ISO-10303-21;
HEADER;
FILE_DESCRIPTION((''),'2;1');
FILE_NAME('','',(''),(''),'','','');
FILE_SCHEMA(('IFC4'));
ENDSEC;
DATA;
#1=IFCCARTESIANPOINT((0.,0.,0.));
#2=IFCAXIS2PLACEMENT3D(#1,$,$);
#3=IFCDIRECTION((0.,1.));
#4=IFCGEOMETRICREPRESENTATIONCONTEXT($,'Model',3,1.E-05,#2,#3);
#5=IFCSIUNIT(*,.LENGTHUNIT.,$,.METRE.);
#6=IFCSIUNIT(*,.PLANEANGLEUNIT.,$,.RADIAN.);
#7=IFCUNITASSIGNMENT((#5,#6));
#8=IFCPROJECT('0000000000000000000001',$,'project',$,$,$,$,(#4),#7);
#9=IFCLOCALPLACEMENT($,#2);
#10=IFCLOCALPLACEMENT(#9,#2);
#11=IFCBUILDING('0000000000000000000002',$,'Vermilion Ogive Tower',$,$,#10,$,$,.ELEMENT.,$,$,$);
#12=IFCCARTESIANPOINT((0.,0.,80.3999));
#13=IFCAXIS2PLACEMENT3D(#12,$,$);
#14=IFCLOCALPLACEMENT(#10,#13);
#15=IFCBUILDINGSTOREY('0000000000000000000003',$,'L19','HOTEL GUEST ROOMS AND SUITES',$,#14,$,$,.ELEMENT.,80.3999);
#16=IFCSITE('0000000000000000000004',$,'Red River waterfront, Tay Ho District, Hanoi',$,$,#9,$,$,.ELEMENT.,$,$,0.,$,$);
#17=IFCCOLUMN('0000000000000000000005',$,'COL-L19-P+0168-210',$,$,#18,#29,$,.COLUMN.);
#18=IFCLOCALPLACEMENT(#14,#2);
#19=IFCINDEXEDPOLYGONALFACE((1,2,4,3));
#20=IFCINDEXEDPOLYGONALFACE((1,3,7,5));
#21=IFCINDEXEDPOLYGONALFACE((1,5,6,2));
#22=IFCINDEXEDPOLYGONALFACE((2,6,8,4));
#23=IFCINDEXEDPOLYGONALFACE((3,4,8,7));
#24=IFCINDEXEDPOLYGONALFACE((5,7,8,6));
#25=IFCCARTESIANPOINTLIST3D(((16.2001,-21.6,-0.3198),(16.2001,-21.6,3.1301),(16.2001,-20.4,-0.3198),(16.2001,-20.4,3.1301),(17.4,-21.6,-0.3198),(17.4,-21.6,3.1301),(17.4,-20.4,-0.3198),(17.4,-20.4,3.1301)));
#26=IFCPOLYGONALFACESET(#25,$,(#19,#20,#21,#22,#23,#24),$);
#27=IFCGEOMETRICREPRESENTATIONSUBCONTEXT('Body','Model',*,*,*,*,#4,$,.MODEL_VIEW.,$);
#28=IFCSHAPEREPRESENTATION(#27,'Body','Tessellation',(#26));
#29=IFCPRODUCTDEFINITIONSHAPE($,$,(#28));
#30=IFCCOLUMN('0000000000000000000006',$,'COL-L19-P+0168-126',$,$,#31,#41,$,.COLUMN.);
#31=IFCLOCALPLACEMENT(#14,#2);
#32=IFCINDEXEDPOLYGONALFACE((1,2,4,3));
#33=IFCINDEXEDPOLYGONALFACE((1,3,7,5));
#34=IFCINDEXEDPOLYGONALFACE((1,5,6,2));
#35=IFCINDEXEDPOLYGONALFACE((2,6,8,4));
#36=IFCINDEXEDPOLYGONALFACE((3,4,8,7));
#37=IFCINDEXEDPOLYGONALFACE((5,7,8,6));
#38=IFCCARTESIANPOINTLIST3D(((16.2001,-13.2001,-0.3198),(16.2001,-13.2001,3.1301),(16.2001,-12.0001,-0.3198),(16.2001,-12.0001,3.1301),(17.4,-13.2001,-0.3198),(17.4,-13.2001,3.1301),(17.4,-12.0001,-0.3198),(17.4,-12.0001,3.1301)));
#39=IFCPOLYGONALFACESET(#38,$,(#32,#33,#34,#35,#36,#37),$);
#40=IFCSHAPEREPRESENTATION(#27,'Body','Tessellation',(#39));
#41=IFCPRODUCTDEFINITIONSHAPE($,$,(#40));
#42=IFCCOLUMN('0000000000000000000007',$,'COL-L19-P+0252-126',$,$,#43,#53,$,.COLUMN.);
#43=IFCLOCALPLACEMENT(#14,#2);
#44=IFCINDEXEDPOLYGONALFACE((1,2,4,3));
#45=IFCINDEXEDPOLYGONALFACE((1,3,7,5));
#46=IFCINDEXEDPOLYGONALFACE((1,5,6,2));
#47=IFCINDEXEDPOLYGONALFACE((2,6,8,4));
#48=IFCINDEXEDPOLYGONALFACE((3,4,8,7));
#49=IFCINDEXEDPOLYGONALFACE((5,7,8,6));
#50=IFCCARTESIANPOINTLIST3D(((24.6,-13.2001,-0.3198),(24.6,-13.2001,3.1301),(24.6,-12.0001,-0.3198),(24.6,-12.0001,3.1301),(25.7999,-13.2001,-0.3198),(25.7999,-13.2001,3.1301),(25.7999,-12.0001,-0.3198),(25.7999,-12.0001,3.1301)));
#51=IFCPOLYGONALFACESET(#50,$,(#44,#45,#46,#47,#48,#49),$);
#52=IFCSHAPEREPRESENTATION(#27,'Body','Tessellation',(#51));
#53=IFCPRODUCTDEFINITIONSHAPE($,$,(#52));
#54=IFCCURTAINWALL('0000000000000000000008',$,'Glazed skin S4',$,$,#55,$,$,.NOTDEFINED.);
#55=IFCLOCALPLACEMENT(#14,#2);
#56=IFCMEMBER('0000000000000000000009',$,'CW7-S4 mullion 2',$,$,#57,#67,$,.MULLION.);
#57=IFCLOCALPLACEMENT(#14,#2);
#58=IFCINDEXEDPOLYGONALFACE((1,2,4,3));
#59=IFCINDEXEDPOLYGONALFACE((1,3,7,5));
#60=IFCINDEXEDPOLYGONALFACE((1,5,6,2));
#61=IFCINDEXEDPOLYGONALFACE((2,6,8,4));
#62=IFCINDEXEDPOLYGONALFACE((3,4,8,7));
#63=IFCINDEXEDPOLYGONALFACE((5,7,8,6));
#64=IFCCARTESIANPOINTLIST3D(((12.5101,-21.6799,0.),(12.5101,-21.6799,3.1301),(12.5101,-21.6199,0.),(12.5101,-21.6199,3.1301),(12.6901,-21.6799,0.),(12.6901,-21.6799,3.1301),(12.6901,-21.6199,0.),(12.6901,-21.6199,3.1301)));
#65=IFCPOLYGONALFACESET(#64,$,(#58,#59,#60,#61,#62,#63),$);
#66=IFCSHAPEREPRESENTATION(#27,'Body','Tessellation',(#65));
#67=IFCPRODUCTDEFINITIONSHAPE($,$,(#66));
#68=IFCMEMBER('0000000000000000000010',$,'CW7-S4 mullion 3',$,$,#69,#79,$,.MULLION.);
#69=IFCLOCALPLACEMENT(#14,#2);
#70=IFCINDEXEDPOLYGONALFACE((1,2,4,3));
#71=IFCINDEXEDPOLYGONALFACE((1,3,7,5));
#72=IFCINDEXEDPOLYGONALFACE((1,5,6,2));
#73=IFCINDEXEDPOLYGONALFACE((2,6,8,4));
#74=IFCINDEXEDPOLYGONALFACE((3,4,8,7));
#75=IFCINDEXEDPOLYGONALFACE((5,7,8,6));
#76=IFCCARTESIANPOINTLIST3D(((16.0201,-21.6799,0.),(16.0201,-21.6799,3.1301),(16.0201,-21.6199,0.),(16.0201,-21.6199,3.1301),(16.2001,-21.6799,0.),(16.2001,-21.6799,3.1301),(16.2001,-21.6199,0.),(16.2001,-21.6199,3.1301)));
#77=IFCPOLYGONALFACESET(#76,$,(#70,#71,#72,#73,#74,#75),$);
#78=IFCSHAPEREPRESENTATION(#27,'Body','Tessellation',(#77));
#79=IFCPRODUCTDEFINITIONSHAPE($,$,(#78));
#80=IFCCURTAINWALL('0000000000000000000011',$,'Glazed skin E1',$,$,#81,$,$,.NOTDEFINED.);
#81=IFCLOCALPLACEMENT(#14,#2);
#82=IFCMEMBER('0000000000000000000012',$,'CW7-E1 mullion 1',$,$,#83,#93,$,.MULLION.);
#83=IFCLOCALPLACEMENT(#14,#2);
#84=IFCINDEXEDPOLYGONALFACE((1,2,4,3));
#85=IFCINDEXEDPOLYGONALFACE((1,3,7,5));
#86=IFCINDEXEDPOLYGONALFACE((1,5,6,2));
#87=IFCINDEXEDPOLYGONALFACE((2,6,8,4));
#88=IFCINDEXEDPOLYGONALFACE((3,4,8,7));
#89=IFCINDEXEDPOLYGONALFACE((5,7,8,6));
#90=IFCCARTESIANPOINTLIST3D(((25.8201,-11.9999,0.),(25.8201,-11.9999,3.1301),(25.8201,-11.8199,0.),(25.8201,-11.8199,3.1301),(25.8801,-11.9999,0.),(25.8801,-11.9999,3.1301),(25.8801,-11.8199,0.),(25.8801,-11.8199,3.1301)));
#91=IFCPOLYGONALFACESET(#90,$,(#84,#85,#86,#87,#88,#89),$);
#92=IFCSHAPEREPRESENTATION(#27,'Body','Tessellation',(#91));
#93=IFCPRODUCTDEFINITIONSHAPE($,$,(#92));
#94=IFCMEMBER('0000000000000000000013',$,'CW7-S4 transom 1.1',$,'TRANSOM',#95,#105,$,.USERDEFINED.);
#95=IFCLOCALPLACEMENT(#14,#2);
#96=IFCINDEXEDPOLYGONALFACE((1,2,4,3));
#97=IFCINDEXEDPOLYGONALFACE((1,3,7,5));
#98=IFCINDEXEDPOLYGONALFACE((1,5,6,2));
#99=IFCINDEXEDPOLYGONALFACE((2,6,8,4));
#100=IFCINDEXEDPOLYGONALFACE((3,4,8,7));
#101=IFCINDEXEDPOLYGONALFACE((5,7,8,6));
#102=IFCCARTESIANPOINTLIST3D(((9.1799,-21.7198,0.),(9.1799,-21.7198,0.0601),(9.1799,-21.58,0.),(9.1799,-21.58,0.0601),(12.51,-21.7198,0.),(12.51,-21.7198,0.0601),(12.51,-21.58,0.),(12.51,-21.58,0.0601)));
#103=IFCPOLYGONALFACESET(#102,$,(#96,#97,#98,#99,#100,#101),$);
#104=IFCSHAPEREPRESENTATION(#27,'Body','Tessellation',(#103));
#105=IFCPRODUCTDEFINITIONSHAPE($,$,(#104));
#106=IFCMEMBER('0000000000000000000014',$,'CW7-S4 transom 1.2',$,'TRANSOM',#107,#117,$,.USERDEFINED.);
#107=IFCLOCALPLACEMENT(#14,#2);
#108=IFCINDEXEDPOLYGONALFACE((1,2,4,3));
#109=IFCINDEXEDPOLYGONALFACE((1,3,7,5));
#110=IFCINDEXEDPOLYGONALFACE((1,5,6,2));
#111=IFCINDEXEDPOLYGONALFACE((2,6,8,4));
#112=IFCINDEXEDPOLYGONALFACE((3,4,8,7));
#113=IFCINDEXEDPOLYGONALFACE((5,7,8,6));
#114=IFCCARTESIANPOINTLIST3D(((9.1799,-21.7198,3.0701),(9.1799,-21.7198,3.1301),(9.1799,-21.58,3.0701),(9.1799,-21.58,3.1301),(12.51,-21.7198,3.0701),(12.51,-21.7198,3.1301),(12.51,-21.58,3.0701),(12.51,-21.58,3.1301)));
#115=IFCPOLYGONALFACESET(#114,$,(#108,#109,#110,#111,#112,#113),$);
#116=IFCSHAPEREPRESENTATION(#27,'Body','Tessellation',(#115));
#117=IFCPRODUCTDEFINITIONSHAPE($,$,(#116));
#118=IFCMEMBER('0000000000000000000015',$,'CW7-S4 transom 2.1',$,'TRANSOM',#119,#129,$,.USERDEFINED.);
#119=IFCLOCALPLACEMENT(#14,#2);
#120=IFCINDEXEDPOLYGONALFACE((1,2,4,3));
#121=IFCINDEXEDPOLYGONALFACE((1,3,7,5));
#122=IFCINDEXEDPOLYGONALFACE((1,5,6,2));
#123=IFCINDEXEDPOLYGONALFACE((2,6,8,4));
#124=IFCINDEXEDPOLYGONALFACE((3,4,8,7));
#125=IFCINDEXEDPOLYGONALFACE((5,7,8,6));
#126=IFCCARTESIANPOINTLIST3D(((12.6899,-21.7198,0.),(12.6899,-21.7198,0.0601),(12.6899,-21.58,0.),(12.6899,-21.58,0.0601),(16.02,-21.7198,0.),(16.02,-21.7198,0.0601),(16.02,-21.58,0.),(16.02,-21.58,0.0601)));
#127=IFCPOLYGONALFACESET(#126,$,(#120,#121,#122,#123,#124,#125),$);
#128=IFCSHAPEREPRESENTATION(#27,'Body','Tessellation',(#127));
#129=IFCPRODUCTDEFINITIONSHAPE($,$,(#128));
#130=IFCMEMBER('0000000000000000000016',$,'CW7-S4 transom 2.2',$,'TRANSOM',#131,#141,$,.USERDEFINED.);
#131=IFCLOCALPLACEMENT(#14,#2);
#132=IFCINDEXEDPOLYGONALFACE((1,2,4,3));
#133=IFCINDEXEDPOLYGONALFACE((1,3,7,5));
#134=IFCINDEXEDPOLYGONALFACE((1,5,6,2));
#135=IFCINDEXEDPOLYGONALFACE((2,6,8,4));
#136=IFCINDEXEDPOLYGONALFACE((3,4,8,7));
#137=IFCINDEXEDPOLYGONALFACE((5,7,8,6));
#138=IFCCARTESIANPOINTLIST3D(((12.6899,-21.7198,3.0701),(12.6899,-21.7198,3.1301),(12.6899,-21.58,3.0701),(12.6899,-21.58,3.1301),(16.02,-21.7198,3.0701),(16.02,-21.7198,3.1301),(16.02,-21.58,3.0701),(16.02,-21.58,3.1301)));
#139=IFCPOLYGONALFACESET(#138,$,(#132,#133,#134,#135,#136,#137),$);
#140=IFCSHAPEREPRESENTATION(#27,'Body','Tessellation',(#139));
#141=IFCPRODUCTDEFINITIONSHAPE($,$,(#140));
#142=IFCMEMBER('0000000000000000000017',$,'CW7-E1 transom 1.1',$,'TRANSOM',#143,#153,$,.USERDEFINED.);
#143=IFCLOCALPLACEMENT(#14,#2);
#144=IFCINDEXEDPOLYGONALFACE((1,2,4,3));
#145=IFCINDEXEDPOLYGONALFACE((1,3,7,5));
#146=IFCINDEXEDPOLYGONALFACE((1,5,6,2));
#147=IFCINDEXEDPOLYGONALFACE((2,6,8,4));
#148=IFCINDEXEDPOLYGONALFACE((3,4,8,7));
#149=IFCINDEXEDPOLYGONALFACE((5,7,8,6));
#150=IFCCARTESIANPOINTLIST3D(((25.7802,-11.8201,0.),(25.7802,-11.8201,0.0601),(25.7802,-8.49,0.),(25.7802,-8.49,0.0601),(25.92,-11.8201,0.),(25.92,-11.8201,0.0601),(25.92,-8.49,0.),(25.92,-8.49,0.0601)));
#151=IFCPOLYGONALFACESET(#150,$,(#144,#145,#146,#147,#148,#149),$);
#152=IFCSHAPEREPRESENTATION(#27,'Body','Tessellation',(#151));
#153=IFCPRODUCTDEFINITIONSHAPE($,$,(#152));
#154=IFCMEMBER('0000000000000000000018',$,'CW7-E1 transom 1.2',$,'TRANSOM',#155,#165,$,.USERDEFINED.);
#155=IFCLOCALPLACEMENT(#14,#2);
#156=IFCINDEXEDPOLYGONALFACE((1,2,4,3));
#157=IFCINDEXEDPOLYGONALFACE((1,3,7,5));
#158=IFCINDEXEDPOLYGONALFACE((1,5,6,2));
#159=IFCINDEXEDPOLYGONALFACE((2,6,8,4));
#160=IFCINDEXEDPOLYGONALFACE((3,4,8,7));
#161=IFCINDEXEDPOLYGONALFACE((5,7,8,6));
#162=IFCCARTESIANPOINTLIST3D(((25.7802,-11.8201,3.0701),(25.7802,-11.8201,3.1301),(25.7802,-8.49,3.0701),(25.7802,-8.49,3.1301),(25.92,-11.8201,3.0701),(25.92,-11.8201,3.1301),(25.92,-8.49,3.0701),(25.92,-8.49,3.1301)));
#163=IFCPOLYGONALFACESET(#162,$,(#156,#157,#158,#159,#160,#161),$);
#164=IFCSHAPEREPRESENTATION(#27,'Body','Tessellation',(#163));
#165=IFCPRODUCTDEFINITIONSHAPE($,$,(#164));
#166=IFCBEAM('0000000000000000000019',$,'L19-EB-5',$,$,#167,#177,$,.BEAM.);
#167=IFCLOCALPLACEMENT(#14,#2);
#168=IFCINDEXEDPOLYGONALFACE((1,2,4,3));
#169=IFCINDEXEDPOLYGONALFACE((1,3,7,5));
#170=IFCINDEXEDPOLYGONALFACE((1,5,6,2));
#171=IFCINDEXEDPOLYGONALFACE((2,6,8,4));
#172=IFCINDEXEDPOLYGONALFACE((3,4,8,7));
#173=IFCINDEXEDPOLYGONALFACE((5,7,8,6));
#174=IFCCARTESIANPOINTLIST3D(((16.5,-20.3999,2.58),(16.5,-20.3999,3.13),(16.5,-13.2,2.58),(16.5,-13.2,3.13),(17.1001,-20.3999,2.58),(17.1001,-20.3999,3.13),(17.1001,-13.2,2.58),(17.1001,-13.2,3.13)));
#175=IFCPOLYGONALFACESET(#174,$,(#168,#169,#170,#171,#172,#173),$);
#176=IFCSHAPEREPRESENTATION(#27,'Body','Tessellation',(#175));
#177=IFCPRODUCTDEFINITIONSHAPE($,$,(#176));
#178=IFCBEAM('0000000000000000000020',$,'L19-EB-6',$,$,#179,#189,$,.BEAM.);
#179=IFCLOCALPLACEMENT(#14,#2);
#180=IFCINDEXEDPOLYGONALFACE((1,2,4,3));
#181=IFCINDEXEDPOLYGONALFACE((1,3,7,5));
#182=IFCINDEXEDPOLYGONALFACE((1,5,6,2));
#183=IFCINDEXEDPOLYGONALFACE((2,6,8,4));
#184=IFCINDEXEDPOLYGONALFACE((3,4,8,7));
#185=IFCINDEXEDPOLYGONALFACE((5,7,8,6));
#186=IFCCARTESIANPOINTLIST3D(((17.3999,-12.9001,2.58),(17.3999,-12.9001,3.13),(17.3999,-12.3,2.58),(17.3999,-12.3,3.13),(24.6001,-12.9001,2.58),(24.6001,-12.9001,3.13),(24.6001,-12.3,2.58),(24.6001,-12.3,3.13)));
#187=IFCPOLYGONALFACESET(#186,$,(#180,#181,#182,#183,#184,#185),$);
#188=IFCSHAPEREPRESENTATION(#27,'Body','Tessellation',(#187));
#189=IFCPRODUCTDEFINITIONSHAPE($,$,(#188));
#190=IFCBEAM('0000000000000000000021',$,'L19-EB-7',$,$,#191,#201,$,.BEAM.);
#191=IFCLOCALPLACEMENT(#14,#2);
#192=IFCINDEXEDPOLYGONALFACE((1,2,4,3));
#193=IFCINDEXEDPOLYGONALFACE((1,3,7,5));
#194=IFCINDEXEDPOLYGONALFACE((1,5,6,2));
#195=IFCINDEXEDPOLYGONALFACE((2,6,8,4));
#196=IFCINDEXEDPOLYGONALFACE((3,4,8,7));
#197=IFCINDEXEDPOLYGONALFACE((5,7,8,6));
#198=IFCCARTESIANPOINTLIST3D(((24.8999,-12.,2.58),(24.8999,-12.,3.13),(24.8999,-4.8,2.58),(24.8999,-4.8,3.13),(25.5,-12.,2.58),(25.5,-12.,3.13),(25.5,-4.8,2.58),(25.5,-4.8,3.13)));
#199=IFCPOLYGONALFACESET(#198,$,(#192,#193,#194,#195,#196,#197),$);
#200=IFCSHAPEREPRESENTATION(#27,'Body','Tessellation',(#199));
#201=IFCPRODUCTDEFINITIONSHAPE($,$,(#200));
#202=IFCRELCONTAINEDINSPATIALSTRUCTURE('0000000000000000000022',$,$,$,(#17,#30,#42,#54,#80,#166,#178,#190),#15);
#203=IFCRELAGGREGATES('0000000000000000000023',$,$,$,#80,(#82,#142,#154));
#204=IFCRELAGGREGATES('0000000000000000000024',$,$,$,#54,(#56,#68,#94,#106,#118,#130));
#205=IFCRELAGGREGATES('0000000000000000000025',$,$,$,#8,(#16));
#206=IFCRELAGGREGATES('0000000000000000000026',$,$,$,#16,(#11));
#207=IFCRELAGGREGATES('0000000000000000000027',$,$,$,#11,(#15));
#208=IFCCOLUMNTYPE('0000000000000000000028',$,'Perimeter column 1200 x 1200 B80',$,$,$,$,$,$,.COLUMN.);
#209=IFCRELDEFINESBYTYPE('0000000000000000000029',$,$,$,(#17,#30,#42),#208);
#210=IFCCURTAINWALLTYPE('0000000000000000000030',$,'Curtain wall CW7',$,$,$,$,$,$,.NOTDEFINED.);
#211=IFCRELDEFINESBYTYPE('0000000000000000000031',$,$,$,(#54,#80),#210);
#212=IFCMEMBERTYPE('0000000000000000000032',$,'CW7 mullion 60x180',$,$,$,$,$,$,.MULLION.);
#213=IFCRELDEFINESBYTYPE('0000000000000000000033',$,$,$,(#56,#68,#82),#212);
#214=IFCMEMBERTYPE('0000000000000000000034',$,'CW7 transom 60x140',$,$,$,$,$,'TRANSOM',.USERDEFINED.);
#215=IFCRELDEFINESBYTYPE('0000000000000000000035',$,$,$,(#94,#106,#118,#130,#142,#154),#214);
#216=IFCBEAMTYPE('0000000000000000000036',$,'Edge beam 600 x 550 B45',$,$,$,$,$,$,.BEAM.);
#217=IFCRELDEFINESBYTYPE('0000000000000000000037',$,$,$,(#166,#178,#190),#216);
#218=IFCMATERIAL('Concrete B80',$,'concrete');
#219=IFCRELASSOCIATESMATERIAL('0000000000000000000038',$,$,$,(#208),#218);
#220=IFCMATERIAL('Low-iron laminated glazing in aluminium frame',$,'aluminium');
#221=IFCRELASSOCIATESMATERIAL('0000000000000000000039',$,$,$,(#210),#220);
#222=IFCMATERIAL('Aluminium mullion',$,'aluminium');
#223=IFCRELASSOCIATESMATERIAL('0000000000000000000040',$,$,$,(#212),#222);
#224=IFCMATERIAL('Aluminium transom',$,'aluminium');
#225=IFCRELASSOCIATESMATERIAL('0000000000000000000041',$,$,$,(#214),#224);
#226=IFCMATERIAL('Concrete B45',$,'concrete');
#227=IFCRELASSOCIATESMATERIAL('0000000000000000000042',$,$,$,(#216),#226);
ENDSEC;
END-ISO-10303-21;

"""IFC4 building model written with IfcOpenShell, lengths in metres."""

from ifc_helpers import new_model, si_unit, direction, frame, origin, origin_2d, place, context, subcontext, project, spatial, rectangle, extrude, material, material_profile, profile_set, type_object, element, aggregate, save


model = new_model("IFC4")

# Units and contexts
model_context = context("Model", 3, precision=1e-05, world=origin(), true_north=direction((0.0, 1.0)))
body_context = subcontext(model_context, "Body", "Model", "MODEL_VIEW")
ifc_project = project(units=[si_unit("LENGTHUNIT", "METRE"), si_unit("PLANEANGLEUNIT", "RADIAN")], contexts=[model_context])

# Site, building, storey
site_placement = place(None, origin())
site = spatial("IfcSite", under=ifc_project, at=site_placement, Name="Red River waterfront, Tay Ho District, Hanoi", CompositionType="ELEMENT", RefElevation=0.0)
building_placement = place(site_placement, origin())
building = spatial("IfcBuilding", under=site, at=building_placement, Name="Vermilion Ogive Tower", CompositionType="ELEMENT")
storey_placement = place(building_placement, frame((0.0, 0.0, 80.3999)))
storey = spatial("IfcBuildingStorey", under=building, at=storey_placement, Name="L19", Description="HOTEL GUEST ROOMS AND SUITES", CompositionType="ELEMENT", Elevation=80.3999)

# Columns
ifc_material_1 = material(Name="Concrete B80", Category="concrete")
ifc_material_profile_1 = material_profile(ifc_material_1, rectangle(XDim=1.2, YDim=1.2, at=origin_2d()), Name="1200 x 1200")
ifc_profile_set_1 = profile_set([ifc_material_profile_1], Name="Concrete B80")
column_type = type_object("IfcColumnType", Name="Perimeter column 1200 x 1200 B80", PredefinedType="COLUMN", material=ifc_profile_set_1)
for number, where, z_axis, x_axis, name in (
    (1, (16.8, -21.0, -0.3198), (0.0, 0.0, 1.0), (1.0, 0.0, 0.0), "COL-L19-P+0168-210"),
    (2, (16.8, -12.6001, -0.3198), (0.0, 0.0, 1.0), (1.0, 0.0, 0.0), "COL-L19-P+0168-126"),
    (3, (25.2, -12.6001, -0.3198), (0.0, 0.0, 1.0), (1.0, 0.0, 0.0), "COL-L19-P+0252-126"),
):
    element("IfcColumn", number, at=place(storey_placement, frame(where, z_axis=z_axis, x_axis=x_axis)), inside=storey, type_object=column_type, Name=name, PredefinedType="COLUMN", context=body_context, shape_type="SweptSolid", body=[
        extrude(rectangle(XDim=1.2, YDim=1.2, at=origin_2d()), origin(), (0.0, 0.0, 1.0), 3.45),
    ])

# Curtain wall, members
ifc_material_2 = material(Name="Low-iron laminated glazing in aluminium frame", Category="aluminium")
curtain_wall_type = type_object("IfcCurtainWallType", Name="Curtain wall CW7", PredefinedType="NOTDEFINED", material=ifc_material_2)
curtain_wall_1_placement = place(storey_placement, origin())
curtain_wall_1 = element("IfcCurtainWall", 4, at=curtain_wall_1_placement, inside=storey, type_object=curtain_wall_type, Name="Glazed skin S4", PredefinedType="NOTDEFINED")
ifc_material_3 = material(Name="Aluminium mullion", Category="aluminium")
ifc_material_profile_2 = material_profile(ifc_material_3, rectangle(XDim=0.0601, YDim=0.1799, at=origin_2d()), Name="AL 60x180")
ifc_profile_set_2 = profile_set([ifc_material_profile_2], Name="Aluminium mullion")
member_type_1 = type_object("IfcMemberType", Name="CW7 mullion 60x180", PredefinedType="MULLION", material=ifc_profile_set_2)
member_1_placement = place(storey_placement, frame((12.6001, -21.6499, 0.0), z_axis=(0.0, 0.0, 1.0), x_axis=(0.0, 1.0, 0.0)))
member_1 = element("IfcMember", 5, at=member_1_placement, type_object=member_type_1, Name="CW7-S4 mullion 2", PredefinedType="MULLION", context=body_context, shape_type="SweptSolid", body=[
    extrude(rectangle(XDim=0.0601, YDim=0.1799, at=origin_2d()), origin(), (0.0, 0.0, 1.0), 3.1301),
])
member_2_placement = place(storey_placement, frame((16.1101, -21.6499, 0.0), z_axis=(0.0, 0.0, 1.0), x_axis=(0.0, 1.0, 0.0)))
member_2 = element("IfcMember", 6, at=member_2_placement, type_object=member_type_1, Name="CW7-S4 mullion 3", PredefinedType="MULLION", context=body_context, shape_type="SweptSolid", body=[
    extrude(rectangle(XDim=0.0601, YDim=0.1799, at=origin_2d()), origin(), (0.0, 0.0, 1.0), 3.1301),
])

# Curtain wall, member
curtain_wall_2_placement = place(storey_placement, origin())
curtain_wall_2 = element("IfcCurtainWall", 7, at=curtain_wall_2_placement, inside=storey, type_object=curtain_wall_type, Name="Glazed skin E1", PredefinedType="NOTDEFINED")
member_3_placement = place(storey_placement, frame((25.8501, -11.9099, 0.0), z_axis=(0.0, 0.0, 1.0), x_axis=(-1.0, 0.0, 0.0)))
member_3 = element("IfcMember", 8, at=member_3_placement, type_object=member_type_1, Name="CW7-E1 mullion 1", PredefinedType="MULLION", context=body_context, shape_type="SweptSolid", body=[
    extrude(rectangle(XDim=0.0601, YDim=0.1799, at=origin_2d()), origin(), (0.0, 0.0, 1.0), 3.1301),
])

# Members
ifc_material_4 = material(Name="Aluminium transom", Category="aluminium")
ifc_material_profile_3 = material_profile(ifc_material_4, rectangle(XDim=0.1399, YDim=0.0601, at=origin_2d()), Name="AL 60x140")
ifc_profile_set_3 = profile_set([ifc_material_profile_3], Name="Aluminium transom")
member_type_2 = type_object("IfcMemberType", Name="CW7 transom 60x140", ElementType="TRANSOM", PredefinedType="USERDEFINED", material=ifc_profile_set_3)
member_4_placement = place(storey_placement, frame((9.1799, -21.6499, 0.03), z_axis=(1.0, 0.0, 0.0), x_axis=(0.0, 1.0, 0.0)))
member_4 = element("IfcMember", 9, at=member_4_placement, type_object=member_type_2, Name="CW7-S4 transom 1.1", ObjectType="TRANSOM", PredefinedType="USERDEFINED", context=body_context, shape_type="SweptSolid", body=[
    extrude(rectangle(XDim=0.1399, YDim=0.0601, at=origin_2d()), origin(), (0.0, 0.0, 1.0), 3.3301),
])
member_5_placement = place(storey_placement, frame((9.1799, -21.6499, 3.1001), z_axis=(1.0, 0.0, 0.0), x_axis=(0.0, 1.0, 0.0)))
member_5 = element("IfcMember", 10, at=member_5_placement, type_object=member_type_2, Name="CW7-S4 transom 1.2", ObjectType="TRANSOM", PredefinedType="USERDEFINED", context=body_context, shape_type="SweptSolid", body=[
    extrude(rectangle(XDim=0.1399, YDim=0.0601, at=origin_2d()), origin(), (0.0, 0.0, 1.0), 3.3301),
])
member_6_placement = place(storey_placement, frame((12.6899, -21.6499, 0.03), z_axis=(1.0, 0.0, 0.0), x_axis=(0.0, 1.0, 0.0)))
member_6 = element("IfcMember", 11, at=member_6_placement, type_object=member_type_2, Name="CW7-S4 transom 2.1", ObjectType="TRANSOM", PredefinedType="USERDEFINED", context=body_context, shape_type="SweptSolid", body=[
    extrude(rectangle(XDim=0.1399, YDim=0.0601, at=origin_2d()), origin(), (0.0, 0.0, 1.0), 3.3301),
])
member_7_placement = place(storey_placement, frame((12.6899, -21.6499, 3.1001), z_axis=(1.0, 0.0, 0.0), x_axis=(0.0, 1.0, 0.0)))
member_7 = element("IfcMember", 12, at=member_7_placement, type_object=member_type_2, Name="CW7-S4 transom 2.2", ObjectType="TRANSOM", PredefinedType="USERDEFINED", context=body_context, shape_type="SweptSolid", body=[
    extrude(rectangle(XDim=0.1399, YDim=0.0601, at=origin_2d()), origin(), (0.0, 0.0, 1.0), 3.3301),
])
member_8_placement = place(storey_placement, frame((25.8501, -11.8201, 0.03), z_axis=(0.0, 1.0, 0.0), x_axis=(-1.0, 0.0, 0.0)))
member_8 = element("IfcMember", 13, at=member_8_placement, type_object=member_type_2, Name="CW7-E1 transom 1.1", ObjectType="TRANSOM", PredefinedType="USERDEFINED", context=body_context, shape_type="SweptSolid", body=[
    extrude(rectangle(XDim=0.1399, YDim=0.0601, at=origin_2d()), origin(), (0.0, 0.0, 1.0), 3.3301),
])
member_9_placement = place(storey_placement, frame((25.8501, -11.8201, 3.1001), z_axis=(0.0, 1.0, 0.0), x_axis=(-1.0, 0.0, 0.0)))
member_9 = element("IfcMember", 14, at=member_9_placement, type_object=member_type_2, Name="CW7-E1 transom 1.2", ObjectType="TRANSOM", PredefinedType="USERDEFINED", context=body_context, shape_type="SweptSolid", body=[
    extrude(rectangle(XDim=0.1399, YDim=0.0601, at=origin_2d()), origin(), (0.0, 0.0, 1.0), 3.3301),
])
aggregate(curtain_wall_2, [member_3, member_8, member_9])

# Beams
ifc_material_5 = material(Name="Concrete B45", Category="concrete")
ifc_material_profile_4 = material_profile(ifc_material_5, rectangle(XDim=0.6001, YDim=0.55, at=origin_2d()), Name="600 x 550")
ifc_profile_set_4 = profile_set([ifc_material_profile_4], Name="Concrete B45")
beam_type = type_object("IfcBeamType", Name="Edge beam 600 x 550 B45", PredefinedType="BEAM", material=ifc_profile_set_4)
beam_1_placement = place(storey_placement, frame((16.8, -20.3999, 2.855), z_axis=(0.0, 1.0, 0.0), x_axis=(-1.0, 0.0, 0.0)))
element("IfcBeam", 15, at=beam_1_placement, inside=storey, type_object=beam_type, Name="L19-EB-5", PredefinedType="BEAM", context=body_context, shape_type="SweptSolid", body=[
    extrude(rectangle(XDim=0.6001, YDim=0.55, at=origin_2d()), origin(), (0.0, 0.0, 1.0), 7.2),
])
beam_2_placement = place(storey_placement, frame((17.3999, -12.6001, 2.855), z_axis=(1.0, 0.0, 0.0), x_axis=(0.0, 1.0, 0.0)))
element("IfcBeam", 16, at=beam_2_placement, inside=storey, type_object=beam_type, Name="L19-EB-6", PredefinedType="BEAM", context=body_context, shape_type="SweptSolid", body=[
    extrude(rectangle(XDim=0.6001, YDim=0.55, at=origin_2d()), origin(), (0.0, 0.0, 1.0), 7.2002),
])
beam_3_placement = place(storey_placement, frame((25.2, -12.0, 2.855), z_axis=(0.0, 1.0, 0.0), x_axis=(-1.0, 0.0, 0.0)))
element("IfcBeam", 17, at=beam_3_placement, inside=storey, type_object=beam_type, Name="L19-EB-7", PredefinedType="BEAM", context=body_context, shape_type="SweptSolid", body=[
    extrude(rectangle(XDim=0.6001, YDim=0.55, at=origin_2d()), origin(), (0.0, 0.0, 1.0), 7.2),
])

aggregate(curtain_wall_1, [member_1, member_2, member_4, member_5, member_6, member_7])

save(model, "model.ifc")
